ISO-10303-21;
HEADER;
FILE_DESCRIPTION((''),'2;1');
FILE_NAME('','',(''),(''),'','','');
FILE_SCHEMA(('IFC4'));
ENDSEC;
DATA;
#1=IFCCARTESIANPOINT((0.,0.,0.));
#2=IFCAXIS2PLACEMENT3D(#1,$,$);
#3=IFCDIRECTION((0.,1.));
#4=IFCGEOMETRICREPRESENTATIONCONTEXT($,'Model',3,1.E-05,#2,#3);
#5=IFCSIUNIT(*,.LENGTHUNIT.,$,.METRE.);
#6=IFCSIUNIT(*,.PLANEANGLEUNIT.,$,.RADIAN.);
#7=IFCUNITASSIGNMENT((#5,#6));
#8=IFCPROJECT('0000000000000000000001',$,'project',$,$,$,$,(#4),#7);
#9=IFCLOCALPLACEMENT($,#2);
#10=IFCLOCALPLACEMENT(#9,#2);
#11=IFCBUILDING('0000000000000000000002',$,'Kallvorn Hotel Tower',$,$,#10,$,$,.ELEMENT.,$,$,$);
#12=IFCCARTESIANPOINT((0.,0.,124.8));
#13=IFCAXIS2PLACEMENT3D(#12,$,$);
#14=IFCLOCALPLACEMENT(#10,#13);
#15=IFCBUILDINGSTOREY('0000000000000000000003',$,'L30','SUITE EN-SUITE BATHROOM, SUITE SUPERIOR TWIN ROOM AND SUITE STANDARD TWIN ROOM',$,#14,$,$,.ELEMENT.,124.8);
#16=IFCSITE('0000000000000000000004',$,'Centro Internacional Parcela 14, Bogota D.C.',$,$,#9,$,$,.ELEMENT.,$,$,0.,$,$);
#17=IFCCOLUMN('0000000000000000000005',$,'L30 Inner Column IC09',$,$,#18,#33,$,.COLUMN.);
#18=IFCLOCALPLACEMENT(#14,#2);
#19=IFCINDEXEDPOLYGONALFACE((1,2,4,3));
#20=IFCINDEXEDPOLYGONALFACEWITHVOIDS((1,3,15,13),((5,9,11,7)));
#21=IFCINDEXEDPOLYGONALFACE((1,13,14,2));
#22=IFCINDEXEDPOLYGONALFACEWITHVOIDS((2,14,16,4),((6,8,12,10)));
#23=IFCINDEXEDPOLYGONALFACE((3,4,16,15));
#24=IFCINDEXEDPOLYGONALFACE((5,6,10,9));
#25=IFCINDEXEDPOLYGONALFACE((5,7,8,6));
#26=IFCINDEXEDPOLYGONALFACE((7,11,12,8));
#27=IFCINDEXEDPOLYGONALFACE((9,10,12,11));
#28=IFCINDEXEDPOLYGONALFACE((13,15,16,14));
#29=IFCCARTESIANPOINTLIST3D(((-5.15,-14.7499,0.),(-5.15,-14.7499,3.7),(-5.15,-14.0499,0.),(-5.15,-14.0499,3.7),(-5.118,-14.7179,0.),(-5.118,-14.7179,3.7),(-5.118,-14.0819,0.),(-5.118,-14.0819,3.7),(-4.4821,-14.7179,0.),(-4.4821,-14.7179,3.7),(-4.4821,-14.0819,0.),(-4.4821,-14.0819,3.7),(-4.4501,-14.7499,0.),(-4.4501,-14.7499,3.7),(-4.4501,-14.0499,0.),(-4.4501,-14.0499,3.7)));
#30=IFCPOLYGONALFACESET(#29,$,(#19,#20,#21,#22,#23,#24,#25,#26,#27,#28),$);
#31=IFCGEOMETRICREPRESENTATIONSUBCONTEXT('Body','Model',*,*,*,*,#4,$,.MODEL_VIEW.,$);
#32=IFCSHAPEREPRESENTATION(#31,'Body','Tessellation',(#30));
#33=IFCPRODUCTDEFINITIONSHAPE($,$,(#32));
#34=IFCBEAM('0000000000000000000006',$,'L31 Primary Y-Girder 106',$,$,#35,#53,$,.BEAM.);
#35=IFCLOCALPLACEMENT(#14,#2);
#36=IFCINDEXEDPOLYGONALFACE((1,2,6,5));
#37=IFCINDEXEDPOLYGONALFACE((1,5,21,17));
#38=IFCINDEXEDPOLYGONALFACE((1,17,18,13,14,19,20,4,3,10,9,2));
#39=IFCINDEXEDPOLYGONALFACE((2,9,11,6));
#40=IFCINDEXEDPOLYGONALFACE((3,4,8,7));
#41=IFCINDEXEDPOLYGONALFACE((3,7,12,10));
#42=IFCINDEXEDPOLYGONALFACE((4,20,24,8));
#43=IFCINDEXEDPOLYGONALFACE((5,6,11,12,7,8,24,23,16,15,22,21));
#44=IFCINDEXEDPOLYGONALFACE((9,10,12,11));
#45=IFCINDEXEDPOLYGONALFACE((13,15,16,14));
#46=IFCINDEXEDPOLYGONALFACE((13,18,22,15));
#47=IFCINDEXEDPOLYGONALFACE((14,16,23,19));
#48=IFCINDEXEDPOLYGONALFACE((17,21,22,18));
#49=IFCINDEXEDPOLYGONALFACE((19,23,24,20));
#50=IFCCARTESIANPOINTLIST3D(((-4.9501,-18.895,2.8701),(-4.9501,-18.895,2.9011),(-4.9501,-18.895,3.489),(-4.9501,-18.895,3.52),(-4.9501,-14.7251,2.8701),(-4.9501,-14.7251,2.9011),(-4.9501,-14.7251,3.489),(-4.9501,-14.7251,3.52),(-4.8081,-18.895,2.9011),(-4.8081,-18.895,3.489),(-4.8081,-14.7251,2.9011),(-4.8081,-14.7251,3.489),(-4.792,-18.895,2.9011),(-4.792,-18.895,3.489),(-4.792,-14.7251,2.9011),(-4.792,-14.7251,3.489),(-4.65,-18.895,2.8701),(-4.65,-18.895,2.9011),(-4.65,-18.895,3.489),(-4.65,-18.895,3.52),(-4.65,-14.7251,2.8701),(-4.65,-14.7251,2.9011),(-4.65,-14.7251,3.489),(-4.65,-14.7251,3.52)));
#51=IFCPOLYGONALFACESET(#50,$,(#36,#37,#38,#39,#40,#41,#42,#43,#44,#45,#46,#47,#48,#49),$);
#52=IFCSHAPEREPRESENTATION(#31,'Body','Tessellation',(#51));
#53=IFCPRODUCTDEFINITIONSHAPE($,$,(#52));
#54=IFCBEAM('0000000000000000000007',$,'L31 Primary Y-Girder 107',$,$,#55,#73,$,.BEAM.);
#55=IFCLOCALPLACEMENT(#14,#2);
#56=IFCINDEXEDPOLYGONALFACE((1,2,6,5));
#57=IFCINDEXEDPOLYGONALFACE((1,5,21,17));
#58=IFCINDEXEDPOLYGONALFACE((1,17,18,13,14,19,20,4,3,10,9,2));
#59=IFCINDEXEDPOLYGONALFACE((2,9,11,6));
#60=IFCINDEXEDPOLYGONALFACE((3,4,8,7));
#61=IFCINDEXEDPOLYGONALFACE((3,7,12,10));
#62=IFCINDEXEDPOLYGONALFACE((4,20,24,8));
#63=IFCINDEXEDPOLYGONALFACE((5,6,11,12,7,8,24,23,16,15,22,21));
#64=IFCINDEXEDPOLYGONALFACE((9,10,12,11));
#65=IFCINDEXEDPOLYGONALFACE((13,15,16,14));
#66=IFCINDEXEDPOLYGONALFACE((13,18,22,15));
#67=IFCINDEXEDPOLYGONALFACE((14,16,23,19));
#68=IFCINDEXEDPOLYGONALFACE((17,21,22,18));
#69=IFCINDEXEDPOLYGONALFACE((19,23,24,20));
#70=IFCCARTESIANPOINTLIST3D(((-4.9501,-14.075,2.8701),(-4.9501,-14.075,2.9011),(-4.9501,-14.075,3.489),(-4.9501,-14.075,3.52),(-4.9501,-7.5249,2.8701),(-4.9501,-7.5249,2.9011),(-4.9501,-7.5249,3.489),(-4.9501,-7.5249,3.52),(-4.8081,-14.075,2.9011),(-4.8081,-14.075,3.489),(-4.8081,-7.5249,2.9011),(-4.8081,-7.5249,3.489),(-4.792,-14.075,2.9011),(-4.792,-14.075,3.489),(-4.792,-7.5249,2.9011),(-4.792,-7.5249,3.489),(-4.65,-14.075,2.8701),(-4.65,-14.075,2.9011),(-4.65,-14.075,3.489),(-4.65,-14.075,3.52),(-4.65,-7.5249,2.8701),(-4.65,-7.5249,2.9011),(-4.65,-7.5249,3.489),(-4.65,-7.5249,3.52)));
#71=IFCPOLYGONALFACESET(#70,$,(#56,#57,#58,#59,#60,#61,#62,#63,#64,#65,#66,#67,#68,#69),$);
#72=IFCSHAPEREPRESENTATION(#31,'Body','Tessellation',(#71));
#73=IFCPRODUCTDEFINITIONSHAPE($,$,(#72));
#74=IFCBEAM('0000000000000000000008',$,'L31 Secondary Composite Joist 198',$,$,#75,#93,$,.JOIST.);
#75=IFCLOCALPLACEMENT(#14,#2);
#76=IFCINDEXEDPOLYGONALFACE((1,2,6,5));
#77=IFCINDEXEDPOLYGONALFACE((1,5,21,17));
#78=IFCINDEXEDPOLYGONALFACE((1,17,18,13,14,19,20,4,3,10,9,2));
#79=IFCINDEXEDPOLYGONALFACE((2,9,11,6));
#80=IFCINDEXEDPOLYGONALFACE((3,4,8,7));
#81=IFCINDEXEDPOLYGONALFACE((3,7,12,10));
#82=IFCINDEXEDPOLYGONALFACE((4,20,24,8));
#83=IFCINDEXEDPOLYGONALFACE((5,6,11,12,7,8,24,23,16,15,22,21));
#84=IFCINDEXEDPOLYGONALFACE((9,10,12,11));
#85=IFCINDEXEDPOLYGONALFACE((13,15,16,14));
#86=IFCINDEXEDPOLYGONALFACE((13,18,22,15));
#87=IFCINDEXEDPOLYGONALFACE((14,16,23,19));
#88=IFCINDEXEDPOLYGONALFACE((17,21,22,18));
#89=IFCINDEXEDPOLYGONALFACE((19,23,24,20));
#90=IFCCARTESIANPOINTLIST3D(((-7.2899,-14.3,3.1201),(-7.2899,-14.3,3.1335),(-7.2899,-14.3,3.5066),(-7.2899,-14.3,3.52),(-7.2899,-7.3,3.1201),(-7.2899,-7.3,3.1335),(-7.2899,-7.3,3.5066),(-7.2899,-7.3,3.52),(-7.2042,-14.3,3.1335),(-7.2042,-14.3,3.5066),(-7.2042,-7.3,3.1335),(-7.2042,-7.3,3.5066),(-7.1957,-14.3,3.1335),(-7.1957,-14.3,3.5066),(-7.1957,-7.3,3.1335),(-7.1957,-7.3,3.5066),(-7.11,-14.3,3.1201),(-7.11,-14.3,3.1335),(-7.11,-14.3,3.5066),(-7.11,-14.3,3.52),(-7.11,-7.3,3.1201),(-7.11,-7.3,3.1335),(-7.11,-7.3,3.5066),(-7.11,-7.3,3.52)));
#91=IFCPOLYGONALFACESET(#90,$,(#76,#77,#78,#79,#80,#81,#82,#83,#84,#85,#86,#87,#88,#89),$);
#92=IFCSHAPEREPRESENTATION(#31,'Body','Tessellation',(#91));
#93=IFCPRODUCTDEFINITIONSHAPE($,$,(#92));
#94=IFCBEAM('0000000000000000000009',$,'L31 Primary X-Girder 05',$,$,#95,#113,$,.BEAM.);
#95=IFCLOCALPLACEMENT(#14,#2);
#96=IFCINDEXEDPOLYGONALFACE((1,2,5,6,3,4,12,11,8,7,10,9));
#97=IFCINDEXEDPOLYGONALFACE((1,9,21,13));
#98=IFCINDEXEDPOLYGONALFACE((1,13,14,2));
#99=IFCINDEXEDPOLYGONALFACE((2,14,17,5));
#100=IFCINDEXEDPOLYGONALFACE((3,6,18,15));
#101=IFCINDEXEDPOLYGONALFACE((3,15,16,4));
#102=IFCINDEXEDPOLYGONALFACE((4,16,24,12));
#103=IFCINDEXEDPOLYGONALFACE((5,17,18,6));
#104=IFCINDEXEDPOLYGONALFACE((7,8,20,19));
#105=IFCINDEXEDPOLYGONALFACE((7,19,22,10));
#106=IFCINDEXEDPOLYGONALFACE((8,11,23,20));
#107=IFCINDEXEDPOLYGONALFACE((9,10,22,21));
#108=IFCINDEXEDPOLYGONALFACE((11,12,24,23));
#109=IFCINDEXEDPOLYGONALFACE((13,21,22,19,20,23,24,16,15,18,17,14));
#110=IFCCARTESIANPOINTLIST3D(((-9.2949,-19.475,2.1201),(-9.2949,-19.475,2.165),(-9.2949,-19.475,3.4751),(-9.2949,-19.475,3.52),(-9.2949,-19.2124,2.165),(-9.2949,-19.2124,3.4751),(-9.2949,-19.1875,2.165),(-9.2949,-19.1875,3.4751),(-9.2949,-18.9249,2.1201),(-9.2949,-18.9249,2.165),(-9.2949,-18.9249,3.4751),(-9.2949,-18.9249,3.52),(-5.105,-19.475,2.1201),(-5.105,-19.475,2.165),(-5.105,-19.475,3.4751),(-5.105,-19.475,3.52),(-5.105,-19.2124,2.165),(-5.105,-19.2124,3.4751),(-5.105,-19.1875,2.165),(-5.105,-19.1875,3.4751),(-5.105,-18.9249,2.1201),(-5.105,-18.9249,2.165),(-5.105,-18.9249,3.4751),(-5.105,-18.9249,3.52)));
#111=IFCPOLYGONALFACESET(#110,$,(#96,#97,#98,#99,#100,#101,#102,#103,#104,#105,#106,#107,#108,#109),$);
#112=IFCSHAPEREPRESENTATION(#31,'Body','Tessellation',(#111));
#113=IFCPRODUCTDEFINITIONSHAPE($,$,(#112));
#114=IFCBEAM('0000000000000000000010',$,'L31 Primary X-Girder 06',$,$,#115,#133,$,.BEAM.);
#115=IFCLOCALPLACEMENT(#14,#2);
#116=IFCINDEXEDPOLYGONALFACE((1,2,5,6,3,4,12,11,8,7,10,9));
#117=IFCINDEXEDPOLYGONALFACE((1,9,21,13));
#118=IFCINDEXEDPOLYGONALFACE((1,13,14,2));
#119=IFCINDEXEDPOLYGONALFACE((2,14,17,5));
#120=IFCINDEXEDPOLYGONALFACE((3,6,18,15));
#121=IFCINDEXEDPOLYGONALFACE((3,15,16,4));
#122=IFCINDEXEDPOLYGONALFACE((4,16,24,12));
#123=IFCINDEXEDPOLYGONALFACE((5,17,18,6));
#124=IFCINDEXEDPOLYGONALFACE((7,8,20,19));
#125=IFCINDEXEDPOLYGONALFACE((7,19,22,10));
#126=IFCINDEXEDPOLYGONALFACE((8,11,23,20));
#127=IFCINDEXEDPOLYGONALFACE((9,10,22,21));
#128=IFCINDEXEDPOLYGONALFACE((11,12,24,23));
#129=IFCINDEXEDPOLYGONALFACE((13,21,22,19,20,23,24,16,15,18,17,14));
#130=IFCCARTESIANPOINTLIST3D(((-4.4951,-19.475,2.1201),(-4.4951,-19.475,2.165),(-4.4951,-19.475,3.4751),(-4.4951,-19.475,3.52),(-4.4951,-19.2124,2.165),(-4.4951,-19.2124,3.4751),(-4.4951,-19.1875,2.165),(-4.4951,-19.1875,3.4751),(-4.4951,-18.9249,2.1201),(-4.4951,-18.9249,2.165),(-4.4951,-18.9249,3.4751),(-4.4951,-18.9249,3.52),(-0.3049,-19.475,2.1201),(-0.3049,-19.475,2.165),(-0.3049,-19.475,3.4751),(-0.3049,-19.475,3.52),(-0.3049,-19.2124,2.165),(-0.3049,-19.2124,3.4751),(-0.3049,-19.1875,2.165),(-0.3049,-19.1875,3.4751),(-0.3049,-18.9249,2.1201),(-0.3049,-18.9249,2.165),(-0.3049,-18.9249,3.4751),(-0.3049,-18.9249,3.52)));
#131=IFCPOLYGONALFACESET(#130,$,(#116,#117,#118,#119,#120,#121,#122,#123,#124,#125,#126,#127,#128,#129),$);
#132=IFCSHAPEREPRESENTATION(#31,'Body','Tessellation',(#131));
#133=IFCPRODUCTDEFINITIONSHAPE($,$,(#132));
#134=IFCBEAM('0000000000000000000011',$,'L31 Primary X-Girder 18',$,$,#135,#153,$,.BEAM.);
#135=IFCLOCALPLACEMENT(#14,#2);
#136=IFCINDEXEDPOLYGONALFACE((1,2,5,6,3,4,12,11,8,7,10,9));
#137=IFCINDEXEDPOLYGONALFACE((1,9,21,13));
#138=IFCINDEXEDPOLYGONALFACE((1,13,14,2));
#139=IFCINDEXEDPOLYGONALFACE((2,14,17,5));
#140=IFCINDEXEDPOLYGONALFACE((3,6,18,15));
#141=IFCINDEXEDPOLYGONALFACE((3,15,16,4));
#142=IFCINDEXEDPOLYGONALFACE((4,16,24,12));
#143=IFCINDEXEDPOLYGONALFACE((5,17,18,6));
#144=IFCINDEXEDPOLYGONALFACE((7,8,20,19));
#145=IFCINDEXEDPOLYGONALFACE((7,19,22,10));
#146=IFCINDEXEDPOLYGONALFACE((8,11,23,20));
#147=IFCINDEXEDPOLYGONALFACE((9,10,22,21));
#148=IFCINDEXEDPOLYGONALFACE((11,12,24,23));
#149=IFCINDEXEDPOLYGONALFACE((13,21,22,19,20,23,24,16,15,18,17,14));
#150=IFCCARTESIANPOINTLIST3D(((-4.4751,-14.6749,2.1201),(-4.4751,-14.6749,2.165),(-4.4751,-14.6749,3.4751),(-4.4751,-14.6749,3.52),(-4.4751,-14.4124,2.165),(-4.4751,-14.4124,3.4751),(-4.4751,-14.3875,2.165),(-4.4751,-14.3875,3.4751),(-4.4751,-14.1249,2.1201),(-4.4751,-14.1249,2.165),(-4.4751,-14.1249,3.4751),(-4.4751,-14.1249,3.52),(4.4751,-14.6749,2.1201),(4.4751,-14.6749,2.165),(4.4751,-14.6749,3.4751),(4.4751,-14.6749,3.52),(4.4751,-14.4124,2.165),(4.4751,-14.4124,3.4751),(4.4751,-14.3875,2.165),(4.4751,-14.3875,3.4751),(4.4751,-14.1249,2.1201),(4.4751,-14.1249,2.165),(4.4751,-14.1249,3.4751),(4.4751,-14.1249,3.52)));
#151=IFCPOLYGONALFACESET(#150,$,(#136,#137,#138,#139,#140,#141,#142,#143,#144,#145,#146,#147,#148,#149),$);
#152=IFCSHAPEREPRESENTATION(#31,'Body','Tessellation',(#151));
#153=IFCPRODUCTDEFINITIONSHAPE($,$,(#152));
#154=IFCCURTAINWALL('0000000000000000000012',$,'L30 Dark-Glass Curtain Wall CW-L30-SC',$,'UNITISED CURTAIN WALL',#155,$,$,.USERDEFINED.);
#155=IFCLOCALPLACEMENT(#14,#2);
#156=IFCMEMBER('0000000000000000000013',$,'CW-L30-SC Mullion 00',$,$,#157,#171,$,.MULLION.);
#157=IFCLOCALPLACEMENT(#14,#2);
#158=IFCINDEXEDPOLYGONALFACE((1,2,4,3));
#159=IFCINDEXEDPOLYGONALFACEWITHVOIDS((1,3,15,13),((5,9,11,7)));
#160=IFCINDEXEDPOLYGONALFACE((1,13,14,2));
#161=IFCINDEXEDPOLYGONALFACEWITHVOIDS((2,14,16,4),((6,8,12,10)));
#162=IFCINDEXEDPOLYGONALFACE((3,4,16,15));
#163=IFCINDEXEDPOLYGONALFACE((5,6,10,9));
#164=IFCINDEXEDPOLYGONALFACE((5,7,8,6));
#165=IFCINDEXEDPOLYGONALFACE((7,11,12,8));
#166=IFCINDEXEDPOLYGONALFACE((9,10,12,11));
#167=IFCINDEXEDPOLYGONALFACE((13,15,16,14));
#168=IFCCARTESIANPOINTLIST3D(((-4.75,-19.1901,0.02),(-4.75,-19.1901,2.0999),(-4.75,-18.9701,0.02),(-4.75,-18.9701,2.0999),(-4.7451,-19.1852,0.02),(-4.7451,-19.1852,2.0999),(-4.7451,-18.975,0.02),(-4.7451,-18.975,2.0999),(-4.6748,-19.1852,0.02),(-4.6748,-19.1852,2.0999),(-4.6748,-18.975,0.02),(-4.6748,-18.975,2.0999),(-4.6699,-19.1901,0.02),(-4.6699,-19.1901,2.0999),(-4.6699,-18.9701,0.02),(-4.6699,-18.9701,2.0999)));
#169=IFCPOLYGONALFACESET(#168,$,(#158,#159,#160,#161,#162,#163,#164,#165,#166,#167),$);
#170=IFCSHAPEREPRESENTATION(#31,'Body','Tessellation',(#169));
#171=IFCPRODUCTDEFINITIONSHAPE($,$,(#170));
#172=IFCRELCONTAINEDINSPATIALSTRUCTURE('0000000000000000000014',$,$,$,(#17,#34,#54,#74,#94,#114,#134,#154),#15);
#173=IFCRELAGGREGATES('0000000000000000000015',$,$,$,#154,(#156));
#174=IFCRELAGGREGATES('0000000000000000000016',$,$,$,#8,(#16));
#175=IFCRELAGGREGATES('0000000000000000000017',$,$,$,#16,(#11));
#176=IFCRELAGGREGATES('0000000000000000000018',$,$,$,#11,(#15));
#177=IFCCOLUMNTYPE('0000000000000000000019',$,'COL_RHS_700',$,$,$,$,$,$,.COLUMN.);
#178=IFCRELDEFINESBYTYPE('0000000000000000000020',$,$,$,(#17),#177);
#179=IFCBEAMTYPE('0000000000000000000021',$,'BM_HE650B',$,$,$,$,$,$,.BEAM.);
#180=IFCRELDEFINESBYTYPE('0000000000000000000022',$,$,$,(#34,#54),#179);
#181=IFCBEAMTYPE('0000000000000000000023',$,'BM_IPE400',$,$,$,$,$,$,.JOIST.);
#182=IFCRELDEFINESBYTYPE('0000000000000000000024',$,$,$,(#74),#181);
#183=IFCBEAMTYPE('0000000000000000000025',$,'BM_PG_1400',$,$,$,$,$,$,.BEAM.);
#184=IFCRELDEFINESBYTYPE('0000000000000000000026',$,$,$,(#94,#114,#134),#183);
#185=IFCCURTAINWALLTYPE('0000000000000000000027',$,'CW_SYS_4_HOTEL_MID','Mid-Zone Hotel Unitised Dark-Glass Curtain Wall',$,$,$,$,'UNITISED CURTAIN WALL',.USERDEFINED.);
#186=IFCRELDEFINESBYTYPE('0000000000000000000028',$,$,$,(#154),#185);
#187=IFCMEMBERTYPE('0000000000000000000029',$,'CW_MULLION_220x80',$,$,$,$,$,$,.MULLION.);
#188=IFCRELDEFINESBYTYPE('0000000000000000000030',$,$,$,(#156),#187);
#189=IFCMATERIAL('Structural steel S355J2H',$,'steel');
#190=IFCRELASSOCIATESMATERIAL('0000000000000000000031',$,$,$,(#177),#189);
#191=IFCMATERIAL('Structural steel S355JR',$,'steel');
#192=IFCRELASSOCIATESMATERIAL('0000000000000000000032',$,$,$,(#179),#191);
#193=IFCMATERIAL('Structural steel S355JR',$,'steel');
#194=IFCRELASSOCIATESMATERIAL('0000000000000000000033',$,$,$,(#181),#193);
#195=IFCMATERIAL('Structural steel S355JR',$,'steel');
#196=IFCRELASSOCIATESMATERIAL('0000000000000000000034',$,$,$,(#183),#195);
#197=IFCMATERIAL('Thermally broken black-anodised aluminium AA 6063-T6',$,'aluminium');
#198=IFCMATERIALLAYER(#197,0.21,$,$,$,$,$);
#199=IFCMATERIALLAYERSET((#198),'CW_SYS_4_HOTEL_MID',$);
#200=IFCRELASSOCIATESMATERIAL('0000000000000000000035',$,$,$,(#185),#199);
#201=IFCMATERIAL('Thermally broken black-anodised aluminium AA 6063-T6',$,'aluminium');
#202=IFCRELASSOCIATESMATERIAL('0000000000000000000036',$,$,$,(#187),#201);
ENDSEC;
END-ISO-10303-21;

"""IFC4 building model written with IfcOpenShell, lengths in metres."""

from ifc_helpers import new_model, si_unit, direction, frame, origin, origin_2d, place, context, subcontext, project, spatial, hollow_rectangle, i_section, extrude, material, layer, layer_set, material_profile, profile_set, type_object, element, aggregate, save


model = new_model("IFC4")

# Units and contexts
model_context = context("Model", 3, precision=1e-05, world=origin(), true_north=direction((0.0, 1.0)))
body_context = subcontext(model_context, "Body", "Model", "MODEL_VIEW")
ifc_project = project(units=[si_unit("LENGTHUNIT", "METRE"), si_unit("PLANEANGLEUNIT", "RADIAN")], contexts=[model_context])

# Site, building, storey
site_placement = place(None, origin())
site = spatial("IfcSite", under=ifc_project, at=site_placement, Name="Centro Internacional Parcela 14, Bogota D.C.", CompositionType="ELEMENT", RefElevation=0.0)
building_placement = place(site_placement, origin())
building = spatial("IfcBuilding", under=site, at=building_placement, Name="Kallvorn Hotel Tower", CompositionType="ELEMENT")
storey_placement = place(building_placement, frame((0.0, 0.0, 124.8)))
storey = spatial("IfcBuildingStorey", under=building, at=storey_placement, Name="L30", Description="SUITE EN-SUITE BATHROOM, SUITE SUPERIOR TWIN ROOM AND SUITE STANDARD TWIN ROOM", CompositionType="ELEMENT", Elevation=124.8)

# Column
ifc_material_1 = material(Name="Structural steel S355J2H", Category="steel")
ifc_material_profile_1 = material_profile(ifc_material_1, hollow_rectangle(XDim=0.7, YDim=0.7, WallThickness=0.032, at=origin_2d()), Name="RHS 700x700x32")
ifc_profile_set_1 = profile_set([ifc_material_profile_1], Name="Structural steel S355J2H")
column_type_1 = type_object("IfcColumnType", Name="COL_RHS_700", PredefinedType="COLUMN", material=ifc_profile_set_1)
column_placement = place(storey_placement, frame((-4.8, -14.3999, 0.0), z_axis=(0.0, 0.0, 1.0), x_axis=(1.0, 0.0, 0.0)))
element("IfcColumn", 1, at=column_placement, inside=storey, type_object=column_type_1, Name="L30 Inner Column IC09", PredefinedType="COLUMN", context=body_context, shape_type="SweptSolid", body=[
    extrude(hollow_rectangle(XDim=0.7, YDim=0.7, WallThickness=0.032, at=origin_2d()), origin(), (0.0, 0.0, 1.0), 3.7),
])

# Beams
ifc_material_2 = material(Name="Structural steel S355JR", Category="steel")
ifc_material_profile_2 = material_profile(ifc_material_2, i_section(OverallWidth=0.3, OverallDepth=0.6499, WebThickness=0.0161, FlangeThickness=0.031, at=origin_2d()), Name="HE 650 B")
ifc_profile_set_2 = profile_set([ifc_material_profile_2], Name="Structural steel S355JR")
beam_type_1 = type_object("IfcBeamType", Name="BM_HE650B", PredefinedType="BEAM", material=ifc_profile_set_2)
beam_1_placement = place(storey_placement, frame((-4.8, -18.895, 3.1951), z_axis=(0.0, 1.0, 0.0), x_axis=(-1.0, 0.0, 0.0)))
element("IfcBeam", 2, at=beam_1_placement, inside=storey, type_object=beam_type_1, Name="L31 Primary Y-Girder 106", PredefinedType="BEAM", context=body_context, shape_type="SweptSolid", body=[
    extrude(i_section(OverallWidth=0.3, OverallDepth=0.6499, WebThickness=0.0161, FlangeThickness=0.031, at=origin_2d()), origin(), (0.0, 0.0, 1.0), 4.1699),
])
beam_2_placement = place(storey_placement, frame((-4.8, -14.075, 3.1951), z_axis=(0.0, 1.0, 0.0), x_axis=(-1.0, 0.0, 0.0)))
element("IfcBeam", 3, at=beam_2_placement, inside=storey, type_object=beam_type_1, Name="L31 Primary Y-Girder 107", PredefinedType="BEAM", context=body_context, shape_type="SweptSolid", body=[
    extrude(i_section(OverallWidth=0.3, OverallDepth=0.6499, WebThickness=0.0161, FlangeThickness=0.031, at=origin_2d()), origin(), (0.0, 0.0, 1.0), 6.55),
])
ifc_material_3 = material(Name="Structural steel S355JR", Category="steel")
ifc_material_profile_3 = material_profile(ifc_material_3, i_section(OverallWidth=0.1799, OverallDepth=0.3999, WebThickness=0.0085, FlangeThickness=0.0134, at=origin_2d()), Name="IPE 400")
ifc_profile_set_3 = profile_set([ifc_material_profile_3], Name="Structural steel S355JR")
beam_type_2 = type_object("IfcBeamType", Name="BM_IPE400", PredefinedType="JOIST", material=ifc_profile_set_3)
beam_3_placement = place(storey_placement, frame((-7.2, -14.3, 3.3201), z_axis=(0.0, 1.0, 0.0), x_axis=(-1.0, 0.0, 0.0)))
element("IfcBeam", 4, at=beam_3_placement, inside=storey, type_object=beam_type_2, Name="L31 Secondary Composite Joist 198", PredefinedType="JOIST", context=body_context, shape_type="SweptSolid", body=[
    extrude(i_section(OverallWidth=0.1799, OverallDepth=0.3999, WebThickness=0.0085, FlangeThickness=0.0134, at=origin_2d()), origin(), (0.0, 0.0, 1.0), 7.0),
])
ifc_material_4 = material(Name="Structural steel S355JR", Category="steel")
ifc_material_profile_4 = material_profile(ifc_material_4, i_section(OverallWidth=0.55, OverallDepth=1.3999, WebThickness=0.0249, FlangeThickness=0.0449, at=origin_2d()), Name="PG 1400x550x25x45")
ifc_profile_set_4 = profile_set([ifc_material_profile_4], Name="Structural steel S355JR")
beam_type_3 = type_object("IfcBeamType", Name="BM_PG_1400", PredefinedType="BEAM", material=ifc_profile_set_4)
beam_4_placement = place(storey_placement, frame((-9.2949, -19.2, 2.8201), z_axis=(1.0, 0.0, 0.0), x_axis=(0.0, 1.0, 0.0)))
element("IfcBeam", 5, at=beam_4_placement, inside=storey, type_object=beam_type_3, Name="L31 Primary X-Girder 05", PredefinedType="BEAM", context=body_context, shape_type="SweptSolid", body=[
    extrude(i_section(OverallWidth=0.55, OverallDepth=1.3999, WebThickness=0.0249, FlangeThickness=0.0449, at=origin_2d()), origin(), (0.0, 0.0, 1.0), 4.1899),
])
beam_5_placement = place(storey_placement, frame((-4.4951, -19.2, 2.8201), z_axis=(1.0, 0.0, 0.0), x_axis=(0.0, 1.0, 0.0)))
element("IfcBeam", 6, at=beam_5_placement, inside=storey, type_object=beam_type_3, Name="L31 Primary X-Girder 06", PredefinedType="BEAM", context=body_context, shape_type="SweptSolid", body=[
    extrude(i_section(OverallWidth=0.55, OverallDepth=1.3999, WebThickness=0.0249, FlangeThickness=0.0449, at=origin_2d()), origin(), (0.0, 0.0, 1.0), 4.1902),
])
beam_6_placement = place(storey_placement, frame((-4.4751, -14.3999, 2.8201), z_axis=(1.0, 0.0, 0.0), x_axis=(0.0, 1.0, 0.0)))
element("IfcBeam", 7, at=beam_6_placement, inside=storey, type_object=beam_type_3, Name="L31 Primary X-Girder 18", PredefinedType="BEAM", context=body_context, shape_type="SweptSolid", body=[
    extrude(i_section(OverallWidth=0.55, OverallDepth=1.3999, WebThickness=0.0249, FlangeThickness=0.0449, at=origin_2d()), origin(), (0.0, 0.0, 1.0), 8.9502),
])

# Curtain wall, member
ifc_material_5 = material(Name="Thermally broken black-anodised aluminium AA 6063-T6", Category="aluminium")
ifc_layer_1 = layer(ifc_material_5, 0.21)
ifc_layer_set_1 = layer_set([ifc_layer_1], Name="CW_SYS_4_HOTEL_MID")
curtain_wall_type = type_object("IfcCurtainWallType", Name="CW_SYS_4_HOTEL_MID", Description="Mid-Zone Hotel Unitised Dark-Glass Curtain Wall", ElementType="UNITISED CURTAIN WALL", PredefinedType="USERDEFINED", material=ifc_layer_set_1)
curtain_wall_placement = place(storey_placement, origin())
curtain_wall = element("IfcCurtainWall", 8, at=curtain_wall_placement, inside=storey, type_object=curtain_wall_type, Name="L30 Dark-Glass Curtain Wall CW-L30-SC", ObjectType="UNITISED CURTAIN WALL", PredefinedType="USERDEFINED")
ifc_material_6 = material(Name="Thermally broken black-anodised aluminium AA 6063-T6", Category="aluminium")
ifc_material_profile_5 = material_profile(ifc_material_6, hollow_rectangle(XDim=0.0801, YDim=0.22, WallThickness=0.0049, at=origin_2d()), Name="MUL 220x80")
ifc_profile_set_5 = profile_set([ifc_material_profile_5], Name="Thermally broken black-anodised aluminium AA 6063-T6")
member_type_1 = type_object("IfcMemberType", Name="CW_MULLION_220x80", PredefinedType="MULLION", material=ifc_profile_set_5)
member_1_placement = place(storey_placement, frame((-4.71, -19.0801, 0.02), z_axis=(0.0, 0.0, 1.0), x_axis=(1.0, 0.0, 0.0)))
member_1 = element("IfcMember", 9, at=member_1_placement, type_object=member_type_1, Name="CW-L30-SC Mullion 00", PredefinedType="MULLION", context=body_context, shape_type="SweptSolid", body=[
    extrude(hollow_rectangle(XDim=0.0801, YDim=0.22, WallThickness=0.0049, at=origin_2d()), origin(), (0.0, 0.0, 1.0), 2.0798),
])
aggregate(curtain_wall, [member_1])

save(model, "model.ifc")
